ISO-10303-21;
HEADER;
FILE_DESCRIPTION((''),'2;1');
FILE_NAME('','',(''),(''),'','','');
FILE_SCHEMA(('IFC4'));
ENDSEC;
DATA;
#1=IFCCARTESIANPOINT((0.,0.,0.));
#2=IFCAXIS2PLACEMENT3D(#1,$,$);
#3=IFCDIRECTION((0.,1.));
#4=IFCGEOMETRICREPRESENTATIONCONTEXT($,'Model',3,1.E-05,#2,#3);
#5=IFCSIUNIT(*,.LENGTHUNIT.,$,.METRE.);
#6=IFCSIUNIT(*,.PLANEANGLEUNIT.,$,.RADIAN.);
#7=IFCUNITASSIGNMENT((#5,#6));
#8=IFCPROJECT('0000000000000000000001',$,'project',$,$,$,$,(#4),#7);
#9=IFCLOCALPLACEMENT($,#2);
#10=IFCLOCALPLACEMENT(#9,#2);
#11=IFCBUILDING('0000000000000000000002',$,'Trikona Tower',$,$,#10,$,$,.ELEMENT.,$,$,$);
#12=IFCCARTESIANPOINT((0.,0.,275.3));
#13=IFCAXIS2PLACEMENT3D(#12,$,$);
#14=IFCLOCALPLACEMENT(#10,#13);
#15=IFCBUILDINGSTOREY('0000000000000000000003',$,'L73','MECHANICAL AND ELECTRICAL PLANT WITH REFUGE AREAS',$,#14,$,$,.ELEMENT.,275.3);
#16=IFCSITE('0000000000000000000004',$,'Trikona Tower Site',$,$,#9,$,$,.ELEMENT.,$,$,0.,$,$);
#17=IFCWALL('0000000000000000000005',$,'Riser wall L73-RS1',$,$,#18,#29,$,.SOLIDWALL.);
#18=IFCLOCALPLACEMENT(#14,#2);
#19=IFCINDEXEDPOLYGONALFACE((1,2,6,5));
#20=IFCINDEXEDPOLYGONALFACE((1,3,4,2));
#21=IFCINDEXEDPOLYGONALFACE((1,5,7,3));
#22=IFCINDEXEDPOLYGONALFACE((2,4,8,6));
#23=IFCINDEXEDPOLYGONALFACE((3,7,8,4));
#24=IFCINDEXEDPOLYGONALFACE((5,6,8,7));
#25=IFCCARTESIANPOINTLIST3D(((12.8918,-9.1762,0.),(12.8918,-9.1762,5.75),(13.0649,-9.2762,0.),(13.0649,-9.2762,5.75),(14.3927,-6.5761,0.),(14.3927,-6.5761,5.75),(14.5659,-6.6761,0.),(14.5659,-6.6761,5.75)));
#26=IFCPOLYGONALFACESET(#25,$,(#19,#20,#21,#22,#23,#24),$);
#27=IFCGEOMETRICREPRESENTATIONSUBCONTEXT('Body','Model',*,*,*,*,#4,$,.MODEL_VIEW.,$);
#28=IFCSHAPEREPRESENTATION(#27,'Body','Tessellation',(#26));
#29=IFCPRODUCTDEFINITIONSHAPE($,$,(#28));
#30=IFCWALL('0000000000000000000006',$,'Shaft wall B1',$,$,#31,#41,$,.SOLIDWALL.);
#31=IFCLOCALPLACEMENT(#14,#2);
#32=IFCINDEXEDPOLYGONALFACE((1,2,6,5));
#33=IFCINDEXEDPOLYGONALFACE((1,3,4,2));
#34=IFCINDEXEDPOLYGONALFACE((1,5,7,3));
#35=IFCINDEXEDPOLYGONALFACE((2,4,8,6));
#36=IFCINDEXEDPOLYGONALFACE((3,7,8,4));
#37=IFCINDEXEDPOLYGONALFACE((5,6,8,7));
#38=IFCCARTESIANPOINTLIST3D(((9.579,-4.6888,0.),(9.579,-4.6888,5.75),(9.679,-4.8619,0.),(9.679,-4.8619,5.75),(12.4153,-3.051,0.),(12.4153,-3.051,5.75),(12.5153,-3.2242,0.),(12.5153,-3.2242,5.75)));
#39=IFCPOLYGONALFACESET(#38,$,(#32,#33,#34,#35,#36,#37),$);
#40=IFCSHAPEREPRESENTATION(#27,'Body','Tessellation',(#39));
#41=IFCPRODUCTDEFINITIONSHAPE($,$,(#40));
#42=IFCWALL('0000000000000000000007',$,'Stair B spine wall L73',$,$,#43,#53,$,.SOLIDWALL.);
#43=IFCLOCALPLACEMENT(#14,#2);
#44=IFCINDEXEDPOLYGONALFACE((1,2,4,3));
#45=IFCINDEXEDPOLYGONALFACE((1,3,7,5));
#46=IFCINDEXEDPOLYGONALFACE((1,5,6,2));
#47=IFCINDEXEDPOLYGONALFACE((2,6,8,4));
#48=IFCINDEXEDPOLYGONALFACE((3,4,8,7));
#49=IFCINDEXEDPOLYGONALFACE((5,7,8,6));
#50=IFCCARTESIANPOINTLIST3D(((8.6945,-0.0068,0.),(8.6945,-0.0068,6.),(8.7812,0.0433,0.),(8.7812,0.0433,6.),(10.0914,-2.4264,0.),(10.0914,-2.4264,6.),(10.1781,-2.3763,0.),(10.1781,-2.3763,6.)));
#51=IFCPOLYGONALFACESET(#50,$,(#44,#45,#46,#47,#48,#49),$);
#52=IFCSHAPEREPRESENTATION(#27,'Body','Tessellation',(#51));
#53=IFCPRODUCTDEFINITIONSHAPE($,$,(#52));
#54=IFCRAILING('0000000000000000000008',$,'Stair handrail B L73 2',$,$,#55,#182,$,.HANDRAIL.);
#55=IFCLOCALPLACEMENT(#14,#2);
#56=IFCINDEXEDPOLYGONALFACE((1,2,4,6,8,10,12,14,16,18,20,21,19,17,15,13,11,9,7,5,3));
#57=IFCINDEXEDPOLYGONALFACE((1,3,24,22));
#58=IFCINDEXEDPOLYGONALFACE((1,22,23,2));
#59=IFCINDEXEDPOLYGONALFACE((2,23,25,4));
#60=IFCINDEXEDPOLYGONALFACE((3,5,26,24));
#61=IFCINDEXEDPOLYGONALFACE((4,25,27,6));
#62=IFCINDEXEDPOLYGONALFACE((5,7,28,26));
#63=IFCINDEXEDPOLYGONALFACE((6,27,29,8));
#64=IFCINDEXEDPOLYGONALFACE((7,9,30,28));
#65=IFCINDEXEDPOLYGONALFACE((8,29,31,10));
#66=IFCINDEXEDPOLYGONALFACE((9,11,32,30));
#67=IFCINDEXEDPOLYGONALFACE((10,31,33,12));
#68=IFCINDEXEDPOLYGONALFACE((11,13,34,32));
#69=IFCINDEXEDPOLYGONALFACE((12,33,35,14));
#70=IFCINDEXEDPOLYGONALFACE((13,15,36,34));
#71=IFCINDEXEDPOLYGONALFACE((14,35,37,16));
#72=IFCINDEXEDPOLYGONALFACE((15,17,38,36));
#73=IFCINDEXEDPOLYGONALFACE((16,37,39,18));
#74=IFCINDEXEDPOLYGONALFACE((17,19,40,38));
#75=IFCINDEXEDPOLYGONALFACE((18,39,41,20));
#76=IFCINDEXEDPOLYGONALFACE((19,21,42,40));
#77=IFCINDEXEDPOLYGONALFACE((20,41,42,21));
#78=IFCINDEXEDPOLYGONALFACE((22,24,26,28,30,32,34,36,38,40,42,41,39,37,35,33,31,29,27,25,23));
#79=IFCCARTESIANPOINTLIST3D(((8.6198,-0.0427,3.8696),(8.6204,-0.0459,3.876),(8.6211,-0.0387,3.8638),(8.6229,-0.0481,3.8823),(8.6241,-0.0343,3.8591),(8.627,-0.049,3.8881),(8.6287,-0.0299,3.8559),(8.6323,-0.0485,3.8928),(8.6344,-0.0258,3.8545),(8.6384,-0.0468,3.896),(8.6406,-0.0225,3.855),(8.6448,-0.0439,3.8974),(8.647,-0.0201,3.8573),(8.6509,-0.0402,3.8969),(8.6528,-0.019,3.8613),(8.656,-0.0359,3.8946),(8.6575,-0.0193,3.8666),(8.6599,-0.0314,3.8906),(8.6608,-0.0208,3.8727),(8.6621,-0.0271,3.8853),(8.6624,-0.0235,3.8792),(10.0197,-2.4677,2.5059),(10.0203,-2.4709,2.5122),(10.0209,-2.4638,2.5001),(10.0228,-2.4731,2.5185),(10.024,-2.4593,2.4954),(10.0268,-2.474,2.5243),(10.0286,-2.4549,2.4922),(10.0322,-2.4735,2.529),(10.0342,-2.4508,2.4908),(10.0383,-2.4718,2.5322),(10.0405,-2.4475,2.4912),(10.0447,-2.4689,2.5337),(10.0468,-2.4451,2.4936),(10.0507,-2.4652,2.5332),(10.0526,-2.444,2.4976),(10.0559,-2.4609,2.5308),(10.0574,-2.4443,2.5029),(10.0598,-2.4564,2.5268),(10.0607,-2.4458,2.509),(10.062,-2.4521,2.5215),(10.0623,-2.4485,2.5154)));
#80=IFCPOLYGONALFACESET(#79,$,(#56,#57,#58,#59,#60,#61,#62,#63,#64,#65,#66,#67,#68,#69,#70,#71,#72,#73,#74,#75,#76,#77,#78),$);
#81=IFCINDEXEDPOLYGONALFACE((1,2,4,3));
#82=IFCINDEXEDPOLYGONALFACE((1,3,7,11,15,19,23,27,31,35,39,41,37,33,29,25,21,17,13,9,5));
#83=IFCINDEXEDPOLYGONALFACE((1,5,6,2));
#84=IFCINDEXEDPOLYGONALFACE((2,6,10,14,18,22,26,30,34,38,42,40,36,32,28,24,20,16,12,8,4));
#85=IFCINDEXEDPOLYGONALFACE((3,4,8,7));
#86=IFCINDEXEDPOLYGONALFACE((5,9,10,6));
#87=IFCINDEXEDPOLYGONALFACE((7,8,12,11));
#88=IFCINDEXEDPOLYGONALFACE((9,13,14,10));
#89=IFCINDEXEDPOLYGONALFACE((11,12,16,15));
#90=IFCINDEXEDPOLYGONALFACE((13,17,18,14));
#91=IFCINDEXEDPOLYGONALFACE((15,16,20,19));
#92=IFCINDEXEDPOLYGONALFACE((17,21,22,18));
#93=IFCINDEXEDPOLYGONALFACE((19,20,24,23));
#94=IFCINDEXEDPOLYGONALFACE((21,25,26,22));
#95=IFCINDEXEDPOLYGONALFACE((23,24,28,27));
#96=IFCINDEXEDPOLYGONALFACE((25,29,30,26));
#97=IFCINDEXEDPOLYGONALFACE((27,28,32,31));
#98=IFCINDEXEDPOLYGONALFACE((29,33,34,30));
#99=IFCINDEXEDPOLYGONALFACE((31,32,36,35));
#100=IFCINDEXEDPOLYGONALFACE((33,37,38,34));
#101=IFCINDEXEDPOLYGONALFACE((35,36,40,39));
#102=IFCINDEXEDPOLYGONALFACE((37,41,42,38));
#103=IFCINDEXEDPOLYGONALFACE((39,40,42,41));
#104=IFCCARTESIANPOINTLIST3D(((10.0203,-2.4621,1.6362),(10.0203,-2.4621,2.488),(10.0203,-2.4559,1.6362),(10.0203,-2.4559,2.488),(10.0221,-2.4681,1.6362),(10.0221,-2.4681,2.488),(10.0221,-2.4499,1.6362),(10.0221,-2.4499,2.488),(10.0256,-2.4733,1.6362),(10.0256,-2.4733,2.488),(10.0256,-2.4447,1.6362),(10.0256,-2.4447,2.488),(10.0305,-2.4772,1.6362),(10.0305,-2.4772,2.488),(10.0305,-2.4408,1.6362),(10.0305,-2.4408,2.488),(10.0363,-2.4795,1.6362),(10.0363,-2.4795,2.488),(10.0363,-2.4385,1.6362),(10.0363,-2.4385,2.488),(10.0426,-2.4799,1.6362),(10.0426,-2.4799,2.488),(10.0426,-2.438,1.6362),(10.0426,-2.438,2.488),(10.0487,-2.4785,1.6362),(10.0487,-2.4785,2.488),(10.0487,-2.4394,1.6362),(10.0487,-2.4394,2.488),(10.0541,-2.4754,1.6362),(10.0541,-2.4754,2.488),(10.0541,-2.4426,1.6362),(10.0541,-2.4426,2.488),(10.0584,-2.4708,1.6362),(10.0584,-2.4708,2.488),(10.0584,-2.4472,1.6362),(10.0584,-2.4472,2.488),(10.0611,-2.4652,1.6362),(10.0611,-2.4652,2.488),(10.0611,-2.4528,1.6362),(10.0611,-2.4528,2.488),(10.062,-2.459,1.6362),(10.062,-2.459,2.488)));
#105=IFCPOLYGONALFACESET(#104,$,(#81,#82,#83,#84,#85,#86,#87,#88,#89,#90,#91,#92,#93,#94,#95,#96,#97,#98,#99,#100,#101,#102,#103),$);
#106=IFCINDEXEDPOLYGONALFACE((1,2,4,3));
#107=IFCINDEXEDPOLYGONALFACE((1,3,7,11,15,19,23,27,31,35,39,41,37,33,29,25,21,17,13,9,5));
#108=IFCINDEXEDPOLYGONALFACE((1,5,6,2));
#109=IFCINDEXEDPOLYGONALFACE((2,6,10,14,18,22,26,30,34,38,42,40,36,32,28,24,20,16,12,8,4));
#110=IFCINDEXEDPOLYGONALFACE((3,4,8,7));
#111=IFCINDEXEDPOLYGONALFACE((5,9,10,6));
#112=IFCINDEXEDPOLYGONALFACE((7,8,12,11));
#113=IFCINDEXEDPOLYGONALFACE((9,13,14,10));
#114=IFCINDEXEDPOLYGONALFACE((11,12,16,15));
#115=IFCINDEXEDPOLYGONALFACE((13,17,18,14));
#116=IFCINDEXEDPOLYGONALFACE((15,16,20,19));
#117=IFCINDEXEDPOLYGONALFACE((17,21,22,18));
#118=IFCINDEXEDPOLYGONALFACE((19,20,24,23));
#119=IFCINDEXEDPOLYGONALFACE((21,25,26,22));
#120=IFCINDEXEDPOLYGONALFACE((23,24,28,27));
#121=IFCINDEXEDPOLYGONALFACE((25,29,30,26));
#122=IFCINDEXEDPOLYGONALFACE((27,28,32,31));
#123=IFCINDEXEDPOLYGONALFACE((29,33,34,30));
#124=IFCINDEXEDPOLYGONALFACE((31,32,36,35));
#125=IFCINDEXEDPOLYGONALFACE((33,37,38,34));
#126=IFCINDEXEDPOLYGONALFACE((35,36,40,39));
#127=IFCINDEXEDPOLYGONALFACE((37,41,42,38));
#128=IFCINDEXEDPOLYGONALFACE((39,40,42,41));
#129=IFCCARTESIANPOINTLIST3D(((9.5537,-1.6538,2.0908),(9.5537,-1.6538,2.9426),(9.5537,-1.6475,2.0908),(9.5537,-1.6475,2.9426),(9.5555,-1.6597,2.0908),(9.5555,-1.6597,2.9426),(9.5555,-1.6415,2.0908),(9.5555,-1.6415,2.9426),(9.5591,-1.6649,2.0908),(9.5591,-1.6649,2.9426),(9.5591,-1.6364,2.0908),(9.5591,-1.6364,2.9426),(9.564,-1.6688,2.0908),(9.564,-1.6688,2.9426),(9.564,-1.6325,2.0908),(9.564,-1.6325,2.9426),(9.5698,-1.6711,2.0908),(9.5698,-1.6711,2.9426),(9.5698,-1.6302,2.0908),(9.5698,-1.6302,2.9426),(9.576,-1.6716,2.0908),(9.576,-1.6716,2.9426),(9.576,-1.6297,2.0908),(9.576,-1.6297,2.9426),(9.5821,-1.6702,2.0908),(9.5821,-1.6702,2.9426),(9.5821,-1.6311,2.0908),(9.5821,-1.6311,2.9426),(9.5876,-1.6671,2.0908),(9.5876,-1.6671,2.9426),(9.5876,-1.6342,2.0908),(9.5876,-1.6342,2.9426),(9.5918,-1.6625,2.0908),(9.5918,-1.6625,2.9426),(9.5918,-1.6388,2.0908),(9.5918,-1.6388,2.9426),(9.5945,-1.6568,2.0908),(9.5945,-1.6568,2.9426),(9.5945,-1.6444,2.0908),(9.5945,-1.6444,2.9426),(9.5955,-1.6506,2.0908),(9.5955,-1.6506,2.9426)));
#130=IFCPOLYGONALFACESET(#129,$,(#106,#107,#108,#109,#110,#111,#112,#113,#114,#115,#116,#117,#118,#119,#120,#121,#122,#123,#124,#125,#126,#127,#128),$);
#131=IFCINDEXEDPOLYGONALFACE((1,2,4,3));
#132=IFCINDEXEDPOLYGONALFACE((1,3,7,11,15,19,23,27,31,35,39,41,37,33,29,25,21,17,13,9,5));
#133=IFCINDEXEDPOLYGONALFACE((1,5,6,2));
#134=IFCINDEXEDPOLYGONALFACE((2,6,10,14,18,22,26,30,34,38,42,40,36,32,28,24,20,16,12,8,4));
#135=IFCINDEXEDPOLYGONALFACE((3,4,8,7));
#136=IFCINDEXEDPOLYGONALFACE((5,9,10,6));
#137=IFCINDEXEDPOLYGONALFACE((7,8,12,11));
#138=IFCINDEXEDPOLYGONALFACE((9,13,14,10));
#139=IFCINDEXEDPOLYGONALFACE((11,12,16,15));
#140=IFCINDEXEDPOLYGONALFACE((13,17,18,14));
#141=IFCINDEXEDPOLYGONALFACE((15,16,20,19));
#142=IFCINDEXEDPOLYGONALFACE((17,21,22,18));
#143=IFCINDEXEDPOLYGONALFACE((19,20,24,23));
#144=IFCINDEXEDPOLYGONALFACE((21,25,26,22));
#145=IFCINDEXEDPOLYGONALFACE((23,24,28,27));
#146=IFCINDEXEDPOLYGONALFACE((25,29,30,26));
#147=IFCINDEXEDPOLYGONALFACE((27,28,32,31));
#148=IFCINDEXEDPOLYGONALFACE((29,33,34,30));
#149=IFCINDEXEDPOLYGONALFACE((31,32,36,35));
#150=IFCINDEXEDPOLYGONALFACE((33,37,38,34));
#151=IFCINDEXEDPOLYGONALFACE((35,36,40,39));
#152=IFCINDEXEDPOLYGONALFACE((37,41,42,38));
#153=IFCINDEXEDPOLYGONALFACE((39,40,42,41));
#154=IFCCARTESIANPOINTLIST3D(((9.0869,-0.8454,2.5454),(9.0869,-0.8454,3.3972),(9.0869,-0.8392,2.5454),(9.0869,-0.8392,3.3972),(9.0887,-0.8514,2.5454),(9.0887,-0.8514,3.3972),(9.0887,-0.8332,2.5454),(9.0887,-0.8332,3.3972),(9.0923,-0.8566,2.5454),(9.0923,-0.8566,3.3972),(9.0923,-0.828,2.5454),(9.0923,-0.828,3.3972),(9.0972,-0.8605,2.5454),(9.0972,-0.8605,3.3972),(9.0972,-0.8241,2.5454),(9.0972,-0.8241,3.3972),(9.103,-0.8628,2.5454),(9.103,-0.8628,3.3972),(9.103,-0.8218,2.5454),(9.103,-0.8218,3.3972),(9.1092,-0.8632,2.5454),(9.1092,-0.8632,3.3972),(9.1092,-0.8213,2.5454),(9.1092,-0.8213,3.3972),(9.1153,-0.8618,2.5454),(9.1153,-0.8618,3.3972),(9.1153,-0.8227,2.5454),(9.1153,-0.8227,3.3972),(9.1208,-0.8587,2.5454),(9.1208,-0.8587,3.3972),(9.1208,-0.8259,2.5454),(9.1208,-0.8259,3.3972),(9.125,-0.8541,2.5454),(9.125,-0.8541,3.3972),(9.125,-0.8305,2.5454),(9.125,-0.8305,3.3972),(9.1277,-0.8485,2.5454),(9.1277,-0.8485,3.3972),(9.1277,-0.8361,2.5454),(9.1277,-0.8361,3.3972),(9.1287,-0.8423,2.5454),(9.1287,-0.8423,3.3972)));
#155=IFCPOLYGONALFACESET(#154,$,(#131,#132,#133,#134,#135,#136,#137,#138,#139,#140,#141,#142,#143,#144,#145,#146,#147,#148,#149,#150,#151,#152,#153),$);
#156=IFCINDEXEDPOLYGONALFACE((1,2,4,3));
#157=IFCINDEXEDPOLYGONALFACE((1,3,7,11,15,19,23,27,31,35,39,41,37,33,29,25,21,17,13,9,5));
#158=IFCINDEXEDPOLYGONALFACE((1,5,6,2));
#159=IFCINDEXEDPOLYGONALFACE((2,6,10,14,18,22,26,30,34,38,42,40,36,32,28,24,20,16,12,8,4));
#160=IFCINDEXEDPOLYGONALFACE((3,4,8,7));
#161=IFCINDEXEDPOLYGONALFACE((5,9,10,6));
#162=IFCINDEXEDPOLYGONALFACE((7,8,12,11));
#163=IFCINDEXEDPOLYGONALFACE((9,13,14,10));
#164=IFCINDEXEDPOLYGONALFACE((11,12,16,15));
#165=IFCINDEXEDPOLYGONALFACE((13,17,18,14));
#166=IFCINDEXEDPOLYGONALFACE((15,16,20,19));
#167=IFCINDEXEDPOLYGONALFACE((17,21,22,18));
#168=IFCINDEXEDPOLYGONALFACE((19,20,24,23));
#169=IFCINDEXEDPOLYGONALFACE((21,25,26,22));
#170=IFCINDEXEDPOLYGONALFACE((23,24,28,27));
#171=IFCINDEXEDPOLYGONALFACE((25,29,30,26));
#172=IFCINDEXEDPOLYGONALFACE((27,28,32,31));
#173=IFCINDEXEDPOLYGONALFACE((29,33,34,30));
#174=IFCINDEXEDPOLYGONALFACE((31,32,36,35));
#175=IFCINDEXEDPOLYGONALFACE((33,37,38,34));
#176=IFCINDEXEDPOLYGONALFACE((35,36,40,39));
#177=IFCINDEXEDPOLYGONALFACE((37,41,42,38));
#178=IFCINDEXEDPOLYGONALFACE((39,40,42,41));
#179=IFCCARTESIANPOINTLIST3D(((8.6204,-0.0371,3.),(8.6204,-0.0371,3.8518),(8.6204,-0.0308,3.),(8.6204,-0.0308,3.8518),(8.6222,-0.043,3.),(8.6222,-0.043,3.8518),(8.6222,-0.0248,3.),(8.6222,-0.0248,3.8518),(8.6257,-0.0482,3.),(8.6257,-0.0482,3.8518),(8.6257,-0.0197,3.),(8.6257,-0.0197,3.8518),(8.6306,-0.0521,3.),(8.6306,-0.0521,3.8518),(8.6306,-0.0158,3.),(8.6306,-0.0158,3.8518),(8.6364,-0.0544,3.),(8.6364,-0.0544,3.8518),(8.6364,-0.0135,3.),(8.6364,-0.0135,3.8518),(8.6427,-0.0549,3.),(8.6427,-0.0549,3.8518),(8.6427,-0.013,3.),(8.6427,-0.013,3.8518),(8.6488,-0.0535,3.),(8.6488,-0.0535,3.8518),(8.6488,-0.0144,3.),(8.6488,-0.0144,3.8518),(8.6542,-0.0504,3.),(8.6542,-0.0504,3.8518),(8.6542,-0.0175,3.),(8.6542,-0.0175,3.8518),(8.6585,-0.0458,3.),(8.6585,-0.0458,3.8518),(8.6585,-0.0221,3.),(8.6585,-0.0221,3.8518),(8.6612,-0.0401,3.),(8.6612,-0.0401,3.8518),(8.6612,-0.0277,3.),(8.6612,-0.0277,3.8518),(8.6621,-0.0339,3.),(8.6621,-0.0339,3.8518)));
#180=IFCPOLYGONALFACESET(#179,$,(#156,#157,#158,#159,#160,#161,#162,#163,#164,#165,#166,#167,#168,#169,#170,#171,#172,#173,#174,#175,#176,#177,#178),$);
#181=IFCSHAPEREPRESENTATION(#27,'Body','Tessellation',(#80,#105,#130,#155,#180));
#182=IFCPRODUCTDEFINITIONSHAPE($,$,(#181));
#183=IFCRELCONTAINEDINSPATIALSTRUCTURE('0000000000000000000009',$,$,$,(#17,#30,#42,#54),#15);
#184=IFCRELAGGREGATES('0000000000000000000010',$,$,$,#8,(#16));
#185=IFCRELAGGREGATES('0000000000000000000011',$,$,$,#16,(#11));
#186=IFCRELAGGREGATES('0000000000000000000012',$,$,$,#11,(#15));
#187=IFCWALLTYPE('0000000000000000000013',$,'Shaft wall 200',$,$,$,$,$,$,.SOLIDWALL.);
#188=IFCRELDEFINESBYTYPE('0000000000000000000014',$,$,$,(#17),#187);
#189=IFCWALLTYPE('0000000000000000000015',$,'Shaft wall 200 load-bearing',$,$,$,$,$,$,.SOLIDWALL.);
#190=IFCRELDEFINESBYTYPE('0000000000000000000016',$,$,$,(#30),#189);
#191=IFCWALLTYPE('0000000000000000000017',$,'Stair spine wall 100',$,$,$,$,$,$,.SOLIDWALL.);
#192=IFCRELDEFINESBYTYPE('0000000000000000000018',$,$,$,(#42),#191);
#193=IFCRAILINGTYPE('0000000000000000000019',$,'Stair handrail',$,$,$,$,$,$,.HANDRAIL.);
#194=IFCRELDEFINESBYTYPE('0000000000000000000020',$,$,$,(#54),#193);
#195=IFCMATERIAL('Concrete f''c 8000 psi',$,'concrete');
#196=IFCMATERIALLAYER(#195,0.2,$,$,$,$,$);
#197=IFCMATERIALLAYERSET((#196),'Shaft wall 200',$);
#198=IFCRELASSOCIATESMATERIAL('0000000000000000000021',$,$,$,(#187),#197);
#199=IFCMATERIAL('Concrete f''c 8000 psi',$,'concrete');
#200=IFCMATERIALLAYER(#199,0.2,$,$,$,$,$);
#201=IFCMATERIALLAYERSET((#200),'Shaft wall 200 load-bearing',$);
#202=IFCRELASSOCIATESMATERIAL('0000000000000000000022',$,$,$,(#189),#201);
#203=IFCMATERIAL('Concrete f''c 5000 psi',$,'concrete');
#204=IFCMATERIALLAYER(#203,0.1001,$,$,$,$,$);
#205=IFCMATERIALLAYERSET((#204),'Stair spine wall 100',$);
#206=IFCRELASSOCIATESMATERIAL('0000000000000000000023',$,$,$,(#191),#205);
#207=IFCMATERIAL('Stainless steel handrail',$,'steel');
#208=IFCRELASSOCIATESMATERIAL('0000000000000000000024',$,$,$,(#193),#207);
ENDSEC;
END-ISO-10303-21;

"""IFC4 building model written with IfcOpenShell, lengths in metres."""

from ifc_helpers import new_model, si_unit, direction, frame, frame_2d, origin, origin_2d, place, context, subcontext, project, spatial, rectangle, circle, extrude, material, layer, layer_set, type_object, element, save


model = new_model("IFC4")

# Units and contexts
model_context = context("Model", 3, precision=1e-05, world=origin(), true_north=direction((0.0, 1.0)))
body_context = subcontext(model_context, "Body", "Model", "MODEL_VIEW")
ifc_project = project(units=[si_unit("LENGTHUNIT", "METRE"), si_unit("PLANEANGLEUNIT", "RADIAN")], contexts=[model_context])

# Site, building, storey
site_placement = place(None, origin())
site = spatial("IfcSite", under=ifc_project, at=site_placement, Name="Trikona Tower Site", CompositionType="ELEMENT", RefElevation=0.0)
building_placement = place(site_placement, origin())
building = spatial("IfcBuilding", under=site, at=building_placement, Name="Trikona Tower", CompositionType="ELEMENT")
storey_placement = place(building_placement, frame((0.0, 0.0, 275.3)))
storey = spatial("IfcBuildingStorey", under=building, at=storey_placement, Name="L73", Description="MECHANICAL AND ELECTRICAL PLANT WITH REFUGE AREAS", CompositionType="ELEMENT", Elevation=275.3)

# Walls
ifc_material_1 = material(Name="Concrete f'c 8000 psi", Category="concrete")
ifc_layer_1 = layer(ifc_material_1, 0.2)
ifc_layer_set_1 = layer_set([ifc_layer_1], Name="Shaft wall 200")
wall_type_1 = type_object("IfcWallType", Name="Shaft wall 200", PredefinedType="SOLIDWALL", material=ifc_layer_set_1)
wall_1_placement = place(storey_placement, frame((14.4792, -6.6262, 0.0), z_axis=(0.0, 0.0, 1.0), x_axis=(-0.499952, -0.866053, 0.0)))
element("IfcWall", 1, at=wall_1_placement, inside=storey, type_object=wall_type_1, Name="Riser wall L73-RS1", PredefinedType="SOLIDWALL", context=body_context, shape_type="SweptSolid", body=[
    extrude(rectangle(XDim=3.0022, YDim=0.2, at=frame_2d((1.501, 0.0))), origin(), (0.0, 0.0, 1.0), 5.75),
])
ifc_material_2 = material(Name="Concrete f'c 8000 psi", Category="concrete")
ifc_layer_2 = layer(ifc_material_2, 0.2)
ifc_layer_set_2 = layer_set([ifc_layer_2], Name="Shaft wall 200 load-bearing")
wall_type_2 = type_object("IfcWallType", Name="Shaft wall 200 load-bearing", PredefinedType="SOLIDWALL", material=ifc_layer_set_2)
wall_2_placement = place(storey_placement, frame((9.6289, -4.7754, 0.0), z_axis=(0.0, 0.0, 1.0), x_axis=(0.865996, 0.500052, 0.0)))
element("IfcWall", 2, at=wall_2_placement, inside=storey, type_object=wall_type_2, Name="Shaft wall B1", PredefinedType="SOLIDWALL", context=body_context, shape_type="SweptSolid", body=[
    extrude(rectangle(XDim=3.2751, YDim=0.2, at=frame_2d((1.6377, 0.0))), origin(), (0.0, 0.0, 1.0), 5.75),
])
ifc_material_3 = material(Name="Concrete f'c 5000 psi", Category="concrete")
ifc_layer_3 = layer(ifc_material_3, 0.1001)
ifc_layer_set_3 = layer_set([ifc_layer_3], Name="Stair spine wall 100")
wall_type_3 = type_object("IfcWallType", Name="Stair spine wall 100", PredefinedType="SOLIDWALL", material=ifc_layer_set_3)
wall_3_placement = place(storey_placement, frame((10.1348, -2.4014, 0.0), z_axis=(0.0, 0.0, 1.0), x_axis=(-0.499992, 0.86603, 0.0)))
element("IfcWall", 3, at=wall_3_placement, inside=storey, type_object=wall_type_3, Name="Stair B spine wall L73", PredefinedType="SOLIDWALL", context=body_context, shape_type="SweptSolid", body=[
    extrude(rectangle(XDim=2.7939, YDim=0.1001, at=frame_2d((1.397, 0.0))), origin(), (0.0, 0.0, 1.0), 6.0),
])

# Railing
ifc_material_4 = material(Name="Stainless steel handrail", Category="steel")
railing_type = type_object("IfcRailingType", Name="Stair handrail", PredefinedType="HANDRAIL", material=ifc_material_4)
for number, where, name in (
    (4, (10.041, -2.459, 1.6362), "Stair handrail B L73 2"),
):
    element("IfcRailing", number, at=place(storey_placement, frame(where)), inside=storey, type_object=railing_type, Name=name, PredefinedType="HANDRAIL", context=body_context, shape_type="SweptSolid", body=[
        extrude(circle(Radius=0.0239, at=origin_2d()), frame((0.0, 0.0, 0.876), z_axis=(-0.449471, 0.778618, 0.43787), x_axis=(-0.866056, -0.499946, 0.0)), (0.0, 0.0, 1.0), 3.1145),
        extrude(circle(Radius=0.021, at=origin_2d()), origin(), (0.0, 0.0, 1.0), 0.8518),
        extrude(circle(Radius=0.021, at=origin_2d()), frame((-0.4666, 0.8083, 0.4546)), (0.0, 0.0, 1.0), 0.8518),
        extrude(circle(Radius=0.021, at=origin_2d()), frame((-0.9333, 1.6167, 0.9092)), (0.0, 0.0, 1.0), 0.8518),
        extrude(circle(Radius=0.021, at=origin_2d()), frame((-1.3999, 2.425, 1.3638)), (0.0, 0.0, 1.0), 0.8518),
    ])

save(model, "model.ifc")
